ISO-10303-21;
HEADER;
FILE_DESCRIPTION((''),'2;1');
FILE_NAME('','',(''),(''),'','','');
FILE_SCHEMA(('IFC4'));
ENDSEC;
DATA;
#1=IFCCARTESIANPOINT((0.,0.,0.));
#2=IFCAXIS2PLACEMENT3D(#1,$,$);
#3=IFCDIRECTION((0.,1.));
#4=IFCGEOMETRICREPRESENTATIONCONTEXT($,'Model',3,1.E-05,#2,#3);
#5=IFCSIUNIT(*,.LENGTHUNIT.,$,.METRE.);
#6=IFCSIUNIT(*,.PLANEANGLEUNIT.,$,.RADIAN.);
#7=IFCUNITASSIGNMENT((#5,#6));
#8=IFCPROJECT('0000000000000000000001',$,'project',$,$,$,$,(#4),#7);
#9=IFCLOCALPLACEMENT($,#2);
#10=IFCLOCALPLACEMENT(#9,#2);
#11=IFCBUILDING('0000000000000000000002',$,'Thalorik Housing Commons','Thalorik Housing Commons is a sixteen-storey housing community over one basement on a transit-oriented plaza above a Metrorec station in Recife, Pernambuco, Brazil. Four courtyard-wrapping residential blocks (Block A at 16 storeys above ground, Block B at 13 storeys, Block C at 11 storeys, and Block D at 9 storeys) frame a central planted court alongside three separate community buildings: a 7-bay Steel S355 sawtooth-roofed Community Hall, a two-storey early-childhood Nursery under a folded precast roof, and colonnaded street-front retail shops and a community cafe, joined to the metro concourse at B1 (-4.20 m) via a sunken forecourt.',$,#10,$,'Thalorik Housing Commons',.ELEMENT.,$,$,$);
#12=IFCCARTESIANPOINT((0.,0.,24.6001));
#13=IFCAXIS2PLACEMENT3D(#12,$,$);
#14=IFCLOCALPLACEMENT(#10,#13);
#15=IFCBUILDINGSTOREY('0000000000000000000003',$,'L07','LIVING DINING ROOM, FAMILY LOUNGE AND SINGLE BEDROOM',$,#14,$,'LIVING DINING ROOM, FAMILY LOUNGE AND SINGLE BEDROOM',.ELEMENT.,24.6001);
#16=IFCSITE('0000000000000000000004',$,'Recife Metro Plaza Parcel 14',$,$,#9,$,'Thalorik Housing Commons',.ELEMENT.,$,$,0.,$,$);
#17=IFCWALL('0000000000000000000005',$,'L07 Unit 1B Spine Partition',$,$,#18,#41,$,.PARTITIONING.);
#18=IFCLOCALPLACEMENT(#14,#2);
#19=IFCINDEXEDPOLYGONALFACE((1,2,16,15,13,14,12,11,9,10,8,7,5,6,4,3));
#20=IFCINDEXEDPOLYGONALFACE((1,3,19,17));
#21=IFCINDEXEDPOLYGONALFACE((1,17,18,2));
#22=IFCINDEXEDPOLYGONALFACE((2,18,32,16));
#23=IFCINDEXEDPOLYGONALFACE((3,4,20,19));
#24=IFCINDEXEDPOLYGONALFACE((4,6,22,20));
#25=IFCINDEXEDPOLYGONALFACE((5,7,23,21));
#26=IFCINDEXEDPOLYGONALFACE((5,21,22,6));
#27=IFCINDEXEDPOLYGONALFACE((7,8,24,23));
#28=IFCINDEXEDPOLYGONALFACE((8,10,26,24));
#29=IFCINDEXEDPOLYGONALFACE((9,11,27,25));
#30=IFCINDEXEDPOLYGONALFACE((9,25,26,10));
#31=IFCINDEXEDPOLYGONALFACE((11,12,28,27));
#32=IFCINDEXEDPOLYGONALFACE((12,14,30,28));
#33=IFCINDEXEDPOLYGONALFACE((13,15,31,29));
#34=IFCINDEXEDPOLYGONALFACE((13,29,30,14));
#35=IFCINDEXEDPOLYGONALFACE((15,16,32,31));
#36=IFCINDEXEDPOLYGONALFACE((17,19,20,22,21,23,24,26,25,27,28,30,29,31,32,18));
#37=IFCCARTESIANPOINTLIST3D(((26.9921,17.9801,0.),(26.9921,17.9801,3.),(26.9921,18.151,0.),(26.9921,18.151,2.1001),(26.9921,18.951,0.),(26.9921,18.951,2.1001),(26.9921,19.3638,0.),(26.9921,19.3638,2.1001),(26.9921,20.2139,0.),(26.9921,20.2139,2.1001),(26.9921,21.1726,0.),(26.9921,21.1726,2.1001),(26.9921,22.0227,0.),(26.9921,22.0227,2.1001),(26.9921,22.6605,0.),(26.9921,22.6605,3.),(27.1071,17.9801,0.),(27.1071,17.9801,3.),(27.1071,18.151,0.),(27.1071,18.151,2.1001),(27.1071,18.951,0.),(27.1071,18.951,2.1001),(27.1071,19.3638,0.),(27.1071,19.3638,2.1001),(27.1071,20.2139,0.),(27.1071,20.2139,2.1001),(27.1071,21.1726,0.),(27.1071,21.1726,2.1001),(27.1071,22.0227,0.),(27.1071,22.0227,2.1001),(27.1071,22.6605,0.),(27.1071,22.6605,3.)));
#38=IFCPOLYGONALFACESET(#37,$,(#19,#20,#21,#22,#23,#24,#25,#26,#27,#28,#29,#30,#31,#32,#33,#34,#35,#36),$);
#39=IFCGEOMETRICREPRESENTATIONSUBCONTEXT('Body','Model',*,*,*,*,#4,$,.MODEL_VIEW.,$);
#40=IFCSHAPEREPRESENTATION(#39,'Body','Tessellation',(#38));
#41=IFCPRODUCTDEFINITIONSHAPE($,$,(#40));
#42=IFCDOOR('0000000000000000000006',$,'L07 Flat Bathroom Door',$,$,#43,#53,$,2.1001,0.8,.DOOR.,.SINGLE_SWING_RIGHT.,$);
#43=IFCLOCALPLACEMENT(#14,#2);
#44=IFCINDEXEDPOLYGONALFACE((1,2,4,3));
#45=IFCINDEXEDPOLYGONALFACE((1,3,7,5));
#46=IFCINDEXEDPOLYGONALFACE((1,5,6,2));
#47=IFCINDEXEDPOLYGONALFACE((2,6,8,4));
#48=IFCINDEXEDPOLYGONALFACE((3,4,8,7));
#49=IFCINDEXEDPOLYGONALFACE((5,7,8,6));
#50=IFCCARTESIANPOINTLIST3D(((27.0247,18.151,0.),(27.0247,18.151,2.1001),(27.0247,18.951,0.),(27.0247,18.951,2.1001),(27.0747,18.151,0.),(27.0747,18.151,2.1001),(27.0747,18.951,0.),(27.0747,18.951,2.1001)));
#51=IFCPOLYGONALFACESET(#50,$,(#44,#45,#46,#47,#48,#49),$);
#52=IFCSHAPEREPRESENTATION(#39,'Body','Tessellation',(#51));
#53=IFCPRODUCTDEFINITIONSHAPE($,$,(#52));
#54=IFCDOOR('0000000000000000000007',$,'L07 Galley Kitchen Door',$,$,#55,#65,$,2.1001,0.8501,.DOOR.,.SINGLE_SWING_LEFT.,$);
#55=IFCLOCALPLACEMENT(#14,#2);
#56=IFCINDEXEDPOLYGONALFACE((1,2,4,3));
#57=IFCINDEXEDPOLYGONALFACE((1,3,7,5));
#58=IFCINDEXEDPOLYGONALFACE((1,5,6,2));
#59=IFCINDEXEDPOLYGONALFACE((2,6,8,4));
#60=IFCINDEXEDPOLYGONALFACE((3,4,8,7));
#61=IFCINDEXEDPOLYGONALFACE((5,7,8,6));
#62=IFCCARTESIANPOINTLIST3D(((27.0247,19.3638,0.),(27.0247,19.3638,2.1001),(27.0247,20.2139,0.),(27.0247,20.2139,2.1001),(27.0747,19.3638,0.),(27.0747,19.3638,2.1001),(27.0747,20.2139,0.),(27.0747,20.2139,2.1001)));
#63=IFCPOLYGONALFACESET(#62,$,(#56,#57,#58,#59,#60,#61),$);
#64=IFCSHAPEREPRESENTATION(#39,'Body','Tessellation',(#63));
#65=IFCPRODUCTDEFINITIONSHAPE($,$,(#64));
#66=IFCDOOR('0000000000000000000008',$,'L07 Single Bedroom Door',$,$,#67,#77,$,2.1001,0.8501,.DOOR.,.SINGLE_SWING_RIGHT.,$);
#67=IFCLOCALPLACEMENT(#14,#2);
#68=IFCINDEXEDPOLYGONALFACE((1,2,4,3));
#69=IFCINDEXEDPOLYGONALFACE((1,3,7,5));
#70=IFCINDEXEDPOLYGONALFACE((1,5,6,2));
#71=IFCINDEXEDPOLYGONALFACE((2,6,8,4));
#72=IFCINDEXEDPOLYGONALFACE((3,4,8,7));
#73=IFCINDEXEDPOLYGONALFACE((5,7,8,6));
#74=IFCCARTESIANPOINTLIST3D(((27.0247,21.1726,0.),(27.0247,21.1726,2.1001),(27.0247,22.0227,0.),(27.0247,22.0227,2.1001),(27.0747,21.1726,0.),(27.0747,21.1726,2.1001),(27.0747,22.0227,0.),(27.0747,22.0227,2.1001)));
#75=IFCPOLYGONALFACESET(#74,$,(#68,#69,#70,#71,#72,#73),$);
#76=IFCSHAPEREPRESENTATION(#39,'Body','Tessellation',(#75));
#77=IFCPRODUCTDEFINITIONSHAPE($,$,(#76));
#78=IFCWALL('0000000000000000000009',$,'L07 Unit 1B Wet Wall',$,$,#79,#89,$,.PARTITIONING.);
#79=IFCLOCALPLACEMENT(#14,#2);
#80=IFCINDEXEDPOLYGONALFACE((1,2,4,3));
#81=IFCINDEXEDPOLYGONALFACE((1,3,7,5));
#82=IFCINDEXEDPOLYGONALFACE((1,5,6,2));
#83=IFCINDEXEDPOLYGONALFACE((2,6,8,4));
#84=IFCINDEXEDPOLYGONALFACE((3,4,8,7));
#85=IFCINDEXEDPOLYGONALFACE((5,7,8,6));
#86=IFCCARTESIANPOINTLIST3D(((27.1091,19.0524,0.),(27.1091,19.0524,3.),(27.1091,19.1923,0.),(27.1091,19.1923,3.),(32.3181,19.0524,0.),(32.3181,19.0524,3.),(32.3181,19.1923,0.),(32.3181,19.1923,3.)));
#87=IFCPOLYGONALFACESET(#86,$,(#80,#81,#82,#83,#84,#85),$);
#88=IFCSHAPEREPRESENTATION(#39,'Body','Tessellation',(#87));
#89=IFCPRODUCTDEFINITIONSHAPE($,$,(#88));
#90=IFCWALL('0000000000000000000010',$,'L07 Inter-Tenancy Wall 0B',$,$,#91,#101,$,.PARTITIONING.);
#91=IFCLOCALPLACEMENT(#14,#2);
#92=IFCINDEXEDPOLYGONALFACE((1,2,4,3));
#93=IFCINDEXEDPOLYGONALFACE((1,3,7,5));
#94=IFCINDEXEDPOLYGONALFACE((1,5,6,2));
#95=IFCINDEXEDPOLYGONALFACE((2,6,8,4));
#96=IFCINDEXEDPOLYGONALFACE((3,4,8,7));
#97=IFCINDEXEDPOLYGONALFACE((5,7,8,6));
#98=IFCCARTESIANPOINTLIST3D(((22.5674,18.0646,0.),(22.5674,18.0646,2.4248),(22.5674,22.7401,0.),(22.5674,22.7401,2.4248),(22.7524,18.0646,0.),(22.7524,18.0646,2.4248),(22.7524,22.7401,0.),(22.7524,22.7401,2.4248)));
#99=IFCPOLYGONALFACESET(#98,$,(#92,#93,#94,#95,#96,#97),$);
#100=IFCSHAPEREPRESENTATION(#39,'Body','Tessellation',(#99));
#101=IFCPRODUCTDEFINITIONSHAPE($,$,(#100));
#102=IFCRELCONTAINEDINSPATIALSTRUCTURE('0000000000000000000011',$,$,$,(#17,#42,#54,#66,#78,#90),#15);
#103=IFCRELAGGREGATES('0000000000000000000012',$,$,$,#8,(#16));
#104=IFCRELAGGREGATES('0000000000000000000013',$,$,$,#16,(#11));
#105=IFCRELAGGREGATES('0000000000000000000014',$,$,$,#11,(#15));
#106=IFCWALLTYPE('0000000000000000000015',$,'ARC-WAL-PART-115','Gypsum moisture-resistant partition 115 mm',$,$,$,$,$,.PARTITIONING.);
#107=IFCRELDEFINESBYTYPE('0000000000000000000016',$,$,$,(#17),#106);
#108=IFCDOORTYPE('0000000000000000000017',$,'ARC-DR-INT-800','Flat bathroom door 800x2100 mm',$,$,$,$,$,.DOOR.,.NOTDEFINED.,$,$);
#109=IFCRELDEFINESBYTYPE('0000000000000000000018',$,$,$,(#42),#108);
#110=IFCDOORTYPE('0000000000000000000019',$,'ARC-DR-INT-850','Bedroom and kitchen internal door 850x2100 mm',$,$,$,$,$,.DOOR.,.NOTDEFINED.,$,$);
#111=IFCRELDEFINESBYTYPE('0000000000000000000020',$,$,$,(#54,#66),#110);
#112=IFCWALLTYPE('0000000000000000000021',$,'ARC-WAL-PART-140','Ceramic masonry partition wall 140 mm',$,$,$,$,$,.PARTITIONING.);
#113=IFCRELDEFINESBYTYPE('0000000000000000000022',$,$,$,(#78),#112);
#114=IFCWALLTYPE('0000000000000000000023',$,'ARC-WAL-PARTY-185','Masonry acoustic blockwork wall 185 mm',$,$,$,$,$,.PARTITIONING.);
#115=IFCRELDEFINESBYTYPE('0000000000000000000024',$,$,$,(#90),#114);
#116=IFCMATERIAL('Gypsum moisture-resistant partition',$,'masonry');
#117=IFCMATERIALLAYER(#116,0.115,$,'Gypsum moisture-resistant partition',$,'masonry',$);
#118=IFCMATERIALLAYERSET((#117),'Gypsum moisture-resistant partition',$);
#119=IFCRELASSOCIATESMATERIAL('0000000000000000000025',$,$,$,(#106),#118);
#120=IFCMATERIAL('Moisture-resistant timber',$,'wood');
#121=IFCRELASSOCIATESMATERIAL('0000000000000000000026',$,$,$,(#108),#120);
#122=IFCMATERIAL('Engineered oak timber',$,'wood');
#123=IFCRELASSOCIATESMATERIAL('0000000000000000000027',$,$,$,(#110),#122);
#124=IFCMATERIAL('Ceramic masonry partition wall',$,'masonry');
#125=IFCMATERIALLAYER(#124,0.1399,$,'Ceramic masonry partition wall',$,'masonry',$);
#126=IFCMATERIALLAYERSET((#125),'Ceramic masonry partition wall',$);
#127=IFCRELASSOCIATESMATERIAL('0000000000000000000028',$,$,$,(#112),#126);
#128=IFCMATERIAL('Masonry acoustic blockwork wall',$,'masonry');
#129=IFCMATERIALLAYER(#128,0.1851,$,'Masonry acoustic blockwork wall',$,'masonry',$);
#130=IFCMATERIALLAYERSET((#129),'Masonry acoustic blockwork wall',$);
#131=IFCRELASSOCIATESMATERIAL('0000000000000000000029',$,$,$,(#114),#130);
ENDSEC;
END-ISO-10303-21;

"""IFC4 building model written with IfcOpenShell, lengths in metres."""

from ifc_helpers import new_model, si_unit, direction, frame, frame_2d, origin, place, context, subcontext, project, spatial, rectangle, extrude, material, layer, layer_set, type_object, element, fill, save


model = new_model("IFC4")

# Units and contexts
model_context = context("Model", 3, precision=1e-05, world=origin(), true_north=direction((0.0, 1.0)))
body_context = subcontext(model_context, "Body", "Model", "MODEL_VIEW")
ifc_project = project(units=[si_unit("LENGTHUNIT", "METRE"), si_unit("PLANEANGLEUNIT", "RADIAN")], contexts=[model_context])

# Site, building, storey
site_placement = place(None, origin())
site = spatial("IfcSite", under=ifc_project, at=site_placement, Name="Recife Metro Plaza Parcel 14", LongName="Thalorik Housing Commons", CompositionType="ELEMENT", RefElevation=0.0)
building_placement = place(site_placement, origin())
building = spatial("IfcBuilding", under=site, at=building_placement, Name="Thalorik Housing Commons", Description="Thalorik Housing Commons is a sixteen-storey housing community over one basement on a transit-oriented plaza above a Metrorec station in Recife, Pernambuco, Brazil. Four courtyard-wrapping residential blocks (Block A at 16 storeys above ground, Block B at 13 storeys, Block C at 11 storeys, and Block D at 9 storeys) frame a central planted court alongside three separate community buildings: a 7-bay Steel S355 sawtooth-roofed Community Hall, a two-storey early-childhood Nursery under a folded precast roof, and colonnaded street-front retail shops and a community cafe, joined to the metro concourse at B1 (-4.20 m) via a sunken forecourt.", LongName="Thalorik Housing Commons", CompositionType="ELEMENT")
storey_placement = place(building_placement, frame((0.0, 0.0, 24.6001)))
storey = spatial("IfcBuildingStorey", under=building, at=storey_placement, Name="L07", Description="LIVING DINING ROOM, FAMILY LOUNGE AND SINGLE BEDROOM", LongName="LIVING DINING ROOM, FAMILY LOUNGE AND SINGLE BEDROOM", CompositionType="ELEMENT", Elevation=24.6001)

# Wall, openings, doors
ifc_material_1 = material(Name="Gypsum moisture-resistant partition", Category="masonry")
ifc_layer_1 = layer(ifc_material_1, 0.115, Name="Gypsum moisture-resistant partition", Category="masonry")
ifc_layer_set_1 = layer_set([ifc_layer_1], Name="Gypsum moisture-resistant partition")
wall_type_1 = type_object("IfcWallType", Name="ARC-WAL-PART-115", Description="Gypsum moisture-resistant partition 115 mm", PredefinedType="PARTITIONING", material=ifc_layer_set_1)
wall_1_placement = place(storey_placement, frame((27.0496, 17.98, 0.0), z_axis=(0.0, 0.0, 1.0), x_axis=(0.0, 1.0, 0.0)))
wall_1 = element("IfcWall", 1, at=wall_1_placement, inside=storey, type_object=wall_type_1, Name="L07 Unit 1B Spine Partition", PredefinedType="PARTITIONING", context=body_context, shape_type="SweptSolid", body=[
    extrude(rectangle(XDim=4.6804, YDim=0.115, at=frame_2d((2.3403, 0.0))), origin(), (0.0, 0.0, 1.0), 3.0),
])
opening_1_placement = place(wall_1_placement, frame((0.1711, 0.0, 0.0)))
opening_1 = element("IfcOpeningElement", 2, at=opening_1_placement, cuts=wall_1, PredefinedType="OPENING", context=body_context, shape_type="SweptSolid", body=[
    extrude(rectangle(XDim=0.8, YDim=2.1001, at=frame_2d((0.3999, 1.05))), frame((0.0, 0.0674, 0.0), z_axis=(0.0, -1.0, 0.0), x_axis=(1.0, 0.0, 0.0)), (0.0, 0.0, 1.0), 0.135),
])
opening_2_placement = place(wall_1_placement, frame((1.3838, 0.0, 0.0)))
opening_2 = element("IfcOpeningElement", 3, at=opening_2_placement, cuts=wall_1, PredefinedType="OPENING", context=body_context, shape_type="SweptSolid", body=[
    extrude(rectangle(XDim=0.8501, YDim=2.1001, at=frame_2d((0.425, 1.05))), frame((0.0, 0.0674, 0.0), z_axis=(0.0, -1.0, 0.0), x_axis=(1.0, 0.0, 0.0)), (0.0, 0.0, 1.0), 0.135),
])
opening_3_placement = place(wall_1_placement, frame((3.1926, 0.0, 0.0)))
opening_3 = element("IfcOpeningElement", 4, at=opening_3_placement, cuts=wall_1, PredefinedType="OPENING", context=body_context, shape_type="SweptSolid", body=[
    extrude(rectangle(XDim=0.8501, YDim=2.1001, at=frame_2d((0.425, 1.05))), frame((0.0, 0.0674, 0.0), z_axis=(0.0, -1.0, 0.0), x_axis=(1.0, 0.0, 0.0)), (0.0, 0.0, 1.0), 0.135),
])
ifc_material_2 = material(Name="Moisture-resistant timber", Category="wood")
door_type_1 = type_object("IfcDoorType", Name="ARC-DR-INT-800", Description="Flat bathroom door 800x2100 mm", OperationType="NOTDEFINED", PredefinedType="DOOR", material=ifc_material_2)
door_1_placement = place(opening_1_placement, origin())
door_1 = element("IfcDoor", 5, at=door_1_placement, inside=storey, type_object=door_type_1, Name="L07 Flat Bathroom Door", OperationType="SINGLE_SWING_RIGHT", OverallHeight=2.1001, OverallWidth=0.8, PredefinedType="DOOR", context=body_context, shape_type="SweptSolid", body=[
    extrude(rectangle(XDim=0.8, YDim=2.1001, at=frame_2d((0.3999, 1.05))), frame((0.0, 0.0249, 0.0), z_axis=(0.0, -1.0, 0.0), x_axis=(1.0, 0.0, 0.0)), (0.0, 0.0, 1.0), 0.05),
])
fill(opening_1, door_1)
ifc_material_3 = material(Name="Engineered oak timber", Category="wood")
door_type_2 = type_object("IfcDoorType", Name="ARC-DR-INT-850", Description="Bedroom and kitchen internal door 850x2100 mm", OperationType="NOTDEFINED", PredefinedType="DOOR", material=ifc_material_3)
door_2_placement = place(opening_2_placement, origin())
door_2 = element("IfcDoor", 6, at=door_2_placement, inside=storey, type_object=door_type_2, Name="L07 Galley Kitchen Door", OperationType="SINGLE_SWING_LEFT", OverallHeight=2.1001, OverallWidth=0.8501, PredefinedType="DOOR", context=body_context, shape_type="SweptSolid", body=[
    extrude(rectangle(XDim=0.8501, YDim=2.1001, at=frame_2d((0.425, 1.05))), frame((0.0, 0.0249, 0.0), z_axis=(0.0, -1.0, 0.0), x_axis=(1.0, 0.0, 0.0)), (0.0, 0.0, 1.0), 0.05),
])
fill(opening_2, door_2)
door_3_placement = place(opening_3_placement, origin())
door_3 = element("IfcDoor", 7, at=door_3_placement, inside=storey, type_object=door_type_2, Name="L07 Single Bedroom Door", OperationType="SINGLE_SWING_RIGHT", OverallHeight=2.1001, OverallWidth=0.8501, PredefinedType="DOOR", context=body_context, shape_type="SweptSolid", body=[
    extrude(rectangle(XDim=0.8501, YDim=2.1001, at=frame_2d((0.425, 1.05))), frame((0.0, 0.0249, 0.0), z_axis=(0.0, -1.0, 0.0), x_axis=(1.0, 0.0, 0.0)), (0.0, 0.0, 1.0), 0.05),
])
fill(opening_3, door_3)

# Walls
ifc_material_4 = material(Name="Ceramic masonry partition wall", Category="masonry")
ifc_layer_2 = layer(ifc_material_4, 0.1399, Name="Ceramic masonry partition wall", Category="masonry")
ifc_layer_set_2 = layer_set([ifc_layer_2], Name="Ceramic masonry partition wall")
wall_type_2 = type_object("IfcWallType", Name="ARC-WAL-PART-140", Description="Ceramic masonry partition wall 140 mm", PredefinedType="PARTITIONING", material=ifc_layer_set_2)
wall_2_placement = place(storey_placement, frame((27.1091, 19.1223, 0.0), z_axis=(0.0, 0.0, 1.0), x_axis=(1.0, 0.0, 0.0)))
element("IfcWall", 8, at=wall_2_placement, inside=storey, type_object=wall_type_2, Name="L07 Unit 1B Wet Wall", PredefinedType="PARTITIONING", context=body_context, shape_type="SweptSolid", body=[
    extrude(rectangle(XDim=5.209, YDim=0.1399, at=frame_2d((2.6045, 0.0))), origin(), (0.0, 0.0, 1.0), 3.0),
])
ifc_material_5 = material(Name="Masonry acoustic blockwork wall", Category="masonry")
ifc_layer_3 = layer(ifc_material_5, 0.1851, Name="Masonry acoustic blockwork wall", Category="masonry")
ifc_layer_set_3 = layer_set([ifc_layer_3], Name="Masonry acoustic blockwork wall")
wall_type_3 = type_object("IfcWallType", Name="ARC-WAL-PARTY-185", Description="Masonry acoustic blockwork wall 185 mm", PredefinedType="PARTITIONING", material=ifc_layer_set_3)
wall_3_placement = place(storey_placement, frame((22.6599, 18.0645, 0.0), z_axis=(0.0, 0.0, 1.0), x_axis=(0.0, 1.0, 0.0)))
element("IfcWall", 9, at=wall_3_placement, inside=storey, type_object=wall_type_3, Name="L07 Inter-Tenancy Wall 0B", PredefinedType="PARTITIONING", context=body_context, shape_type="SweptSolid", body=[
    extrude(rectangle(XDim=4.6755, YDim=0.1851, at=frame_2d((2.3379, 0.0))), origin(), (0.0, 0.0, 1.0), 2.4248),
])

save(model, "model.ifc")
